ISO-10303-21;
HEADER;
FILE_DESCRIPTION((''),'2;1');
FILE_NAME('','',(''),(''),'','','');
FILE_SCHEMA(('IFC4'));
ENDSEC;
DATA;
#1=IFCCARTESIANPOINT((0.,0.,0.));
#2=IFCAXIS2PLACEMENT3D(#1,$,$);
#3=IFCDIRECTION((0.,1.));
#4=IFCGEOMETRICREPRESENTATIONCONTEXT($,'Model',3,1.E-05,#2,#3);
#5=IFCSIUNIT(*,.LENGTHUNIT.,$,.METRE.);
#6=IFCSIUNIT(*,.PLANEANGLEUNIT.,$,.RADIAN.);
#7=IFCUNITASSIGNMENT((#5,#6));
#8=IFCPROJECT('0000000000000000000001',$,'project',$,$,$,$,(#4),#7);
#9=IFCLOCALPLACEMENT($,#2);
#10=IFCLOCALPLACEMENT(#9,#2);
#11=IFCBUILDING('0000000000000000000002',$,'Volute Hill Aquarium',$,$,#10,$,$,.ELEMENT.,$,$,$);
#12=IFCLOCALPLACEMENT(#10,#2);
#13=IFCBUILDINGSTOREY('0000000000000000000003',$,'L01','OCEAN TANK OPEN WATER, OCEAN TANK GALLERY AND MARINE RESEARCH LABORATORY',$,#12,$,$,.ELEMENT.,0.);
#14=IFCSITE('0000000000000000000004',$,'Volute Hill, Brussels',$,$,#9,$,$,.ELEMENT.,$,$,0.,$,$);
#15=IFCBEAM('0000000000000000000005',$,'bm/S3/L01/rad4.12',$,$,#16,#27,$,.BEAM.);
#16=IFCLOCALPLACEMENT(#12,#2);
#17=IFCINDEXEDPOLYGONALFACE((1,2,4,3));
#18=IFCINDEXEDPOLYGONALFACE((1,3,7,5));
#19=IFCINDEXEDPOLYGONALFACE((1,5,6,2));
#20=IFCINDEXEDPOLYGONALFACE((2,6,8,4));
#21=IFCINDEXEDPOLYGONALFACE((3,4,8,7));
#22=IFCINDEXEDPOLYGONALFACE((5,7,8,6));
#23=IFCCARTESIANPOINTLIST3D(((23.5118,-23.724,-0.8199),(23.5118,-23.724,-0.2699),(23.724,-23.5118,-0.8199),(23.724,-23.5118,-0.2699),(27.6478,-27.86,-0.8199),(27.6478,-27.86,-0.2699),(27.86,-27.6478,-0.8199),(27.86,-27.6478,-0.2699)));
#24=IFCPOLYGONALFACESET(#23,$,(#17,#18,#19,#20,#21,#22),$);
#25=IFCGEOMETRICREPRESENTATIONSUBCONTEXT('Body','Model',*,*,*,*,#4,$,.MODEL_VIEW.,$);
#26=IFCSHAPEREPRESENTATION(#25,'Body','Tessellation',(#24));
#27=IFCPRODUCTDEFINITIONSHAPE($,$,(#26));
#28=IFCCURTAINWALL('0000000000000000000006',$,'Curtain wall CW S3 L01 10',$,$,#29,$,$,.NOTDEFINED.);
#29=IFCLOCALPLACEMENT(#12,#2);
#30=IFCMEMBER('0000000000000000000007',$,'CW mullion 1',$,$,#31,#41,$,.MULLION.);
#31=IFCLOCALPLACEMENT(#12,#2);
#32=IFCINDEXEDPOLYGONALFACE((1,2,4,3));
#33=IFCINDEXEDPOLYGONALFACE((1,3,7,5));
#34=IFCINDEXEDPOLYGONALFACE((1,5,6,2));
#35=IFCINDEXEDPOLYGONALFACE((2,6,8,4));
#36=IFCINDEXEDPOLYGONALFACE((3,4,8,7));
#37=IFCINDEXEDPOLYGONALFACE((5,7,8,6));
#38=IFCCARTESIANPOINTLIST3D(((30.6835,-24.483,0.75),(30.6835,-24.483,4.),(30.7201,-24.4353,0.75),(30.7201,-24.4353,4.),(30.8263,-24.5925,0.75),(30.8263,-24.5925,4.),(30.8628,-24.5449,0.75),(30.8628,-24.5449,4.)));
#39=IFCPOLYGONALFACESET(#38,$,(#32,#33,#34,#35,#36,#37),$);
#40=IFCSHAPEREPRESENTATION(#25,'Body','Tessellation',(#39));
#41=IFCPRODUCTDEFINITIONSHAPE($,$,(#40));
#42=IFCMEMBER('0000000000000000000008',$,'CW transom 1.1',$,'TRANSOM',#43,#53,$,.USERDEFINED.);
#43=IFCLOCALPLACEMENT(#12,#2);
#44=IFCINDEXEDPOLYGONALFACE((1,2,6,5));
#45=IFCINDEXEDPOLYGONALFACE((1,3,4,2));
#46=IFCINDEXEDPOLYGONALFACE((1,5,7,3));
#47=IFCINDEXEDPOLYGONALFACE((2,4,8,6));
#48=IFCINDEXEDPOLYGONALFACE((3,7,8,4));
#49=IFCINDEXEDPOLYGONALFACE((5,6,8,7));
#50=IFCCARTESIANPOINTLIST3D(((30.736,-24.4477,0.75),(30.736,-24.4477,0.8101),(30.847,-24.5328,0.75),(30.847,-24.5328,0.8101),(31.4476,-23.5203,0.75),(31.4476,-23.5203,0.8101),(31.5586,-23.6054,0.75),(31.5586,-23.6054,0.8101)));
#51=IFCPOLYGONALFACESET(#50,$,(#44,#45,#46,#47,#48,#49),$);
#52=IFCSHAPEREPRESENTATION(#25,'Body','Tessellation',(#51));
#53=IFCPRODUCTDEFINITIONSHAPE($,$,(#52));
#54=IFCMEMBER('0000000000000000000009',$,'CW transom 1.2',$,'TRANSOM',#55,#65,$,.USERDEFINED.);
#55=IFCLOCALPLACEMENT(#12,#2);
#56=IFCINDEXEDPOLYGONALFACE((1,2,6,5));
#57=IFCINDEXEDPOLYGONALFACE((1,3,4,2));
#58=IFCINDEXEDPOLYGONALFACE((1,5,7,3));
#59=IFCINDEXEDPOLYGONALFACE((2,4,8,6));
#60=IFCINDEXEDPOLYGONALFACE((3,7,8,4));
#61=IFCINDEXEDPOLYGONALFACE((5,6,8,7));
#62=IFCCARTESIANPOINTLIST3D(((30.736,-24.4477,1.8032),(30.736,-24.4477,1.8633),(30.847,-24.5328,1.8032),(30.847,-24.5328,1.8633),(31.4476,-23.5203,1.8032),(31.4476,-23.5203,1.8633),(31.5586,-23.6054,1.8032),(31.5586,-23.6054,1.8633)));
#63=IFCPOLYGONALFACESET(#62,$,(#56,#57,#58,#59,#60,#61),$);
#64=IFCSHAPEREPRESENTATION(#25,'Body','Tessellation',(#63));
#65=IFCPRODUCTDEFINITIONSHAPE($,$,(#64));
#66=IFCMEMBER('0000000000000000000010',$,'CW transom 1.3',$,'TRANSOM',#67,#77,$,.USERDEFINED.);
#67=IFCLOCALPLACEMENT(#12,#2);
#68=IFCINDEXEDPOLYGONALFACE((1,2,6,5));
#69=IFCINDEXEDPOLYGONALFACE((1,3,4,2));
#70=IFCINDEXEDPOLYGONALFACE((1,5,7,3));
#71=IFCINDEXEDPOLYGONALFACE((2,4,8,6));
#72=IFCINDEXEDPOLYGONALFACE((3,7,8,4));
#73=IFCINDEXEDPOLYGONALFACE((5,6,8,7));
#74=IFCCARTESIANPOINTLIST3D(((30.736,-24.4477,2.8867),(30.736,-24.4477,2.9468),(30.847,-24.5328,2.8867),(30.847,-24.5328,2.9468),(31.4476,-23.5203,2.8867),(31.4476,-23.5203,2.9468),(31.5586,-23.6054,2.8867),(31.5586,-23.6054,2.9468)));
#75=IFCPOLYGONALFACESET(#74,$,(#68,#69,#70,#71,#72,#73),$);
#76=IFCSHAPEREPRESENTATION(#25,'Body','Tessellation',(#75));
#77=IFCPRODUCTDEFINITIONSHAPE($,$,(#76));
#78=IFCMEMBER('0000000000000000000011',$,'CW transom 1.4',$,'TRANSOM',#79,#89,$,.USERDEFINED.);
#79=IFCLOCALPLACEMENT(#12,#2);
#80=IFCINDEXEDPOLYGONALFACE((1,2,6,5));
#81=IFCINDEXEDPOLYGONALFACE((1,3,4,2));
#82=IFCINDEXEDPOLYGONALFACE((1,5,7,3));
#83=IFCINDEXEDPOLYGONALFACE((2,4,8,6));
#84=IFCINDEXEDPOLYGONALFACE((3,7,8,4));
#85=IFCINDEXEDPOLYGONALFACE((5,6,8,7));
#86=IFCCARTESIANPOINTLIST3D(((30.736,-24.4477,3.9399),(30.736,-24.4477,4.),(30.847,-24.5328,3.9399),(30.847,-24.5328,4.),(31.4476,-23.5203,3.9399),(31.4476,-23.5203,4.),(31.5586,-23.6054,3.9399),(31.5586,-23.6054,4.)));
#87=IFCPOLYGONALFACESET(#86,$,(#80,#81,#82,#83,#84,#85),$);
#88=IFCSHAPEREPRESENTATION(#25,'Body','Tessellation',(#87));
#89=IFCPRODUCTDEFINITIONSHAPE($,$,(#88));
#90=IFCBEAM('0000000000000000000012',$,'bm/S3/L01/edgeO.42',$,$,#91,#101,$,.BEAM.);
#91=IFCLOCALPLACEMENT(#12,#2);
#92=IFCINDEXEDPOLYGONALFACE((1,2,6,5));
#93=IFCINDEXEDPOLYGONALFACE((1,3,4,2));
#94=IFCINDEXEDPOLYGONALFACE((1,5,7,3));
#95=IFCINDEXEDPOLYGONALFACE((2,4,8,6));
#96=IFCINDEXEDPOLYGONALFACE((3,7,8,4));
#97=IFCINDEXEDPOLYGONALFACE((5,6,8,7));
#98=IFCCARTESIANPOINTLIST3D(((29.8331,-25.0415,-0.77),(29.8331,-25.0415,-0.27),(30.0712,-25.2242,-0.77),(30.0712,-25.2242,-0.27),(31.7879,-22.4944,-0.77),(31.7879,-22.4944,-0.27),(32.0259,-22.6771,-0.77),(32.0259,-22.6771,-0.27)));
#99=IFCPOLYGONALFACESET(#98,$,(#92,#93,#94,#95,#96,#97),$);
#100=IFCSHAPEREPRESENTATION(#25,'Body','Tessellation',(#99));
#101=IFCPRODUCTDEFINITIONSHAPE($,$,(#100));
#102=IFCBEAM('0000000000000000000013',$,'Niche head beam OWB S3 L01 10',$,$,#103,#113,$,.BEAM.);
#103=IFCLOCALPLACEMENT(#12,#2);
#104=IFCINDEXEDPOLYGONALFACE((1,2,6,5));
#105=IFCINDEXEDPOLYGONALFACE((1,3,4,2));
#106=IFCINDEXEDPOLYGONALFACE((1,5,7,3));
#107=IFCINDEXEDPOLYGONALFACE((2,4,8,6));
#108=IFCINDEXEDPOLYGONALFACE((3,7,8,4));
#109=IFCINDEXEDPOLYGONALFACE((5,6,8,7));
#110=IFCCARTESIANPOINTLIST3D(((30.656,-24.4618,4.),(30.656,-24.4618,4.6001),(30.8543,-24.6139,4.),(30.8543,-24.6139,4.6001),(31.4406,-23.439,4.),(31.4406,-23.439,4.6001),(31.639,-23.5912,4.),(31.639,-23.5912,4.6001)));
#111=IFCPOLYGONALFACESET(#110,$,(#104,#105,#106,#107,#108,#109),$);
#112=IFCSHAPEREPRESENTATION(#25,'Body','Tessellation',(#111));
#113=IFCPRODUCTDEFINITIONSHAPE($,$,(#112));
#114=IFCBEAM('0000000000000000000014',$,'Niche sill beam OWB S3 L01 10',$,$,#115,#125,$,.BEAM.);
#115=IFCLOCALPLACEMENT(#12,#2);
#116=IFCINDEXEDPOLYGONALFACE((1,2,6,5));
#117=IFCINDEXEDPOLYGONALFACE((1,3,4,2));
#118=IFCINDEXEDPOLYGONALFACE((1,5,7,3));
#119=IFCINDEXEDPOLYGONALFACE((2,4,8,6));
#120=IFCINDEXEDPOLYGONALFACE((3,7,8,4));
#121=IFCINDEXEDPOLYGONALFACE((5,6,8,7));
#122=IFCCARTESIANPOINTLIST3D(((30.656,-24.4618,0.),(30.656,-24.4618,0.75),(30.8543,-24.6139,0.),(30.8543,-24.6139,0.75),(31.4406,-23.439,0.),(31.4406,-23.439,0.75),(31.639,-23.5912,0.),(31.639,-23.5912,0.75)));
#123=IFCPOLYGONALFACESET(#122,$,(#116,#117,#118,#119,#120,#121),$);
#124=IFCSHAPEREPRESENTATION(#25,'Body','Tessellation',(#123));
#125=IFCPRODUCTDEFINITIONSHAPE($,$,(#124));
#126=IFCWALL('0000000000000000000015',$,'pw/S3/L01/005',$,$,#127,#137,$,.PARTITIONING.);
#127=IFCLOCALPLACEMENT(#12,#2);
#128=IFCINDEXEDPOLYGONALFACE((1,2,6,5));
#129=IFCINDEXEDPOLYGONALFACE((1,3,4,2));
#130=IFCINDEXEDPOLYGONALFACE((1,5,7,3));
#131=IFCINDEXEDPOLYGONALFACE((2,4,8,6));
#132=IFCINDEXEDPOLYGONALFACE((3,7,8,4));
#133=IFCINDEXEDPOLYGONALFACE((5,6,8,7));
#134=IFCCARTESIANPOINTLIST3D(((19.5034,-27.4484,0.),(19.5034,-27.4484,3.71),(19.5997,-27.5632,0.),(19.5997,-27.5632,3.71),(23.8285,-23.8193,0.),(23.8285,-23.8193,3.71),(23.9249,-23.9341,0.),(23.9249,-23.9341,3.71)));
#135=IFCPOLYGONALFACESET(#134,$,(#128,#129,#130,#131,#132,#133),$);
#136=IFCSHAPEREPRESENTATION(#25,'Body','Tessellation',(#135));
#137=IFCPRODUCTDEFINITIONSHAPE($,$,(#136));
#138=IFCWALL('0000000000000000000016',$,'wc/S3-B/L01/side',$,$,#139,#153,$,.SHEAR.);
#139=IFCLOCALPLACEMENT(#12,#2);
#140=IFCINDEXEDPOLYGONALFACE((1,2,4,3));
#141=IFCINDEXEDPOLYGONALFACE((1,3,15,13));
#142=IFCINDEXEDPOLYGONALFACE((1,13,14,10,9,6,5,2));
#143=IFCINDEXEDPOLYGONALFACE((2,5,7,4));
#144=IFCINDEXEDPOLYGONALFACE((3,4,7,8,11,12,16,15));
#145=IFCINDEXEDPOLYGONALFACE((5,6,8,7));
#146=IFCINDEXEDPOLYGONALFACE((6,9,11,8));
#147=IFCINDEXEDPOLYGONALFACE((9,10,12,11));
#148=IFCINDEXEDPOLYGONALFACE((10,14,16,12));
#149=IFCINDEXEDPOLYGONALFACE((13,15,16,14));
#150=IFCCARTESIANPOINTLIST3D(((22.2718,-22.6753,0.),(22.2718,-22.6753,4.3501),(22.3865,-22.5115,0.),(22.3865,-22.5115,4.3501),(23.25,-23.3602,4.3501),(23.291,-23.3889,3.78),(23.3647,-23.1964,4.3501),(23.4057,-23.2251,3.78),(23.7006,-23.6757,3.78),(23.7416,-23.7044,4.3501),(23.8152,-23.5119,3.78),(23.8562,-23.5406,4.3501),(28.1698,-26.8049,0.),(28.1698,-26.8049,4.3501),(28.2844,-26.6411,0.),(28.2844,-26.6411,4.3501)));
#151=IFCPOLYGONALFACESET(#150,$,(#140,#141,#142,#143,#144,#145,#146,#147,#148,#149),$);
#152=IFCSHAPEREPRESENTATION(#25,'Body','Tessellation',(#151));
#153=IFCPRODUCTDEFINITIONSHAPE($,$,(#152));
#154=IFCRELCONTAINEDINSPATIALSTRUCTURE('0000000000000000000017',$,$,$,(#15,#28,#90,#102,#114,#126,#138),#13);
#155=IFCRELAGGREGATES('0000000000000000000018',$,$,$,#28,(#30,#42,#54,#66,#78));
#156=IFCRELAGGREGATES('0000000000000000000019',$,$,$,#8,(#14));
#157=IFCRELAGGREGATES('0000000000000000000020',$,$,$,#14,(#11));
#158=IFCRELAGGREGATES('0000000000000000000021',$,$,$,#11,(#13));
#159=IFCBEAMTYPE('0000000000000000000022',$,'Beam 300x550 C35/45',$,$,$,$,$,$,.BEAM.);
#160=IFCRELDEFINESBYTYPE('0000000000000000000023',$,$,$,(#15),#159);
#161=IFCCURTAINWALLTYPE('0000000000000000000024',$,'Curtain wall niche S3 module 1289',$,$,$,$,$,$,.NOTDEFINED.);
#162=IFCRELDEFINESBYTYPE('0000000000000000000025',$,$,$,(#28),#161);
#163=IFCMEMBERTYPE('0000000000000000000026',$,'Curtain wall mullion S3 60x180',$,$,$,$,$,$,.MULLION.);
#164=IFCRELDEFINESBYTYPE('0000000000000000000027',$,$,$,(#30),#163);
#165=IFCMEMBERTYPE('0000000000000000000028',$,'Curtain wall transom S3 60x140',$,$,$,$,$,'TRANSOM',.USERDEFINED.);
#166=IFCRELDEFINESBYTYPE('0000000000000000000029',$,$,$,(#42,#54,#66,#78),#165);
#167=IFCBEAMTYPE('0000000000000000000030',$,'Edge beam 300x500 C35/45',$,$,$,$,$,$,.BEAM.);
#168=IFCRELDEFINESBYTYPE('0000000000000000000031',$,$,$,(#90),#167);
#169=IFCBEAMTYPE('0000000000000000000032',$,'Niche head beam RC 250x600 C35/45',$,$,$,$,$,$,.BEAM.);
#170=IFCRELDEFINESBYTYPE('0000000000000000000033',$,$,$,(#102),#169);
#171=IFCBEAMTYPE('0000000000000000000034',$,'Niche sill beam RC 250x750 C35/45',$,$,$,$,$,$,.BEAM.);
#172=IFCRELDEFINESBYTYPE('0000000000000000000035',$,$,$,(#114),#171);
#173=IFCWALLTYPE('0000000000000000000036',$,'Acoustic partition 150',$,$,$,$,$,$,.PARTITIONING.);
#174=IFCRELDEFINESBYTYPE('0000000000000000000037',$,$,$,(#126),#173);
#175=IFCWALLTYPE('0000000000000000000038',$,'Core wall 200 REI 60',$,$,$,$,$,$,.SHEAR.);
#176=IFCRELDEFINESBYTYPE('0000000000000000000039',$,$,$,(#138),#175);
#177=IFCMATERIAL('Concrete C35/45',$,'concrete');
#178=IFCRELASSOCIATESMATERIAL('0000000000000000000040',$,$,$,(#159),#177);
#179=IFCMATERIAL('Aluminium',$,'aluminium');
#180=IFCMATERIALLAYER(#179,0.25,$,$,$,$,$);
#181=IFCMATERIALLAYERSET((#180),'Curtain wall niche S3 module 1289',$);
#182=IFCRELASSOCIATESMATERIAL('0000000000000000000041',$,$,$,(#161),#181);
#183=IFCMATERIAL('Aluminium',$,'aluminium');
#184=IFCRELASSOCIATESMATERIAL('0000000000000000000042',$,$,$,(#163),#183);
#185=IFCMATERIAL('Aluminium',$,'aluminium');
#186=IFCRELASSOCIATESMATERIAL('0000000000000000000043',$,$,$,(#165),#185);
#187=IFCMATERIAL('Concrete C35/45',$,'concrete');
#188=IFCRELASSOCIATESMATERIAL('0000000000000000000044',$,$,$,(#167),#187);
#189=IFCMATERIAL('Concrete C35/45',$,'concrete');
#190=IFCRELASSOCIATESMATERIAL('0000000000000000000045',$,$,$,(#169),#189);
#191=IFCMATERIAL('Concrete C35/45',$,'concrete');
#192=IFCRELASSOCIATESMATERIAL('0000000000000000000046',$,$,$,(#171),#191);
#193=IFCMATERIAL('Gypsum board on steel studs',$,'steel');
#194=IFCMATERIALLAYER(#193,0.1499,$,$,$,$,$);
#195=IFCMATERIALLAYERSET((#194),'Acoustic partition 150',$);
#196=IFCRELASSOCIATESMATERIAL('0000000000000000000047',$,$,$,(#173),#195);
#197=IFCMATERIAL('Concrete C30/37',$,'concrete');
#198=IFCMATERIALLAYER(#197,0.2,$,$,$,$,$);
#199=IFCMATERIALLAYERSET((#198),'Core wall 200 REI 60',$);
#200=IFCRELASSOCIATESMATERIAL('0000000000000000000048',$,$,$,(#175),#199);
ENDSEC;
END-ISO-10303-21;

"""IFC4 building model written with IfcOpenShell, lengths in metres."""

from ifc_helpers import new_model, si_unit, direction, frame, frame_2d, origin, origin_2d, place, context, subcontext, project, spatial, polyline, rectangle, outline, extrude, material, layer, layer_set, material_profile, profile_set, type_object, element, aggregate, save


model = new_model("IFC4")

# Units and contexts
model_context = context("Model", 3, precision=1e-05, world=origin(), true_north=direction((0.0, 1.0)))
body_context = subcontext(model_context, "Body", "Model", "MODEL_VIEW")
ifc_project = project(units=[si_unit("LENGTHUNIT", "METRE"), si_unit("PLANEANGLEUNIT", "RADIAN")], contexts=[model_context])

# Site, building, storey
site_placement = place(None, origin())
site = spatial("IfcSite", under=ifc_project, at=site_placement, Name="Volute Hill, Brussels", CompositionType="ELEMENT", RefElevation=0.0)
building_placement = place(site_placement, origin())
building = spatial("IfcBuilding", under=site, at=building_placement, Name="Volute Hill Aquarium", CompositionType="ELEMENT")
storey_placement = place(building_placement, origin())
storey = spatial("IfcBuildingStorey", under=building, at=storey_placement, Name="L01", Description="OCEAN TANK OPEN WATER, OCEAN TANK GALLERY AND MARINE RESEARCH LABORATORY", CompositionType="ELEMENT", Elevation=0.0)

# Beam
ifc_material_1 = material(Name="Concrete C35/45", Category="concrete")
ifc_material_profile_1 = material_profile(ifc_material_1, rectangle(XDim=0.3, YDim=0.55, at=origin_2d()), Name="RC beam 300x550")
ifc_profile_set_1 = profile_set([ifc_material_profile_1], Name="Concrete C35/45")
beam_type_1 = type_object("IfcBeamType", Name="Beam 300x550 C35/45", PredefinedType="BEAM", material=ifc_profile_set_1)
beam_1_placement = place(storey_placement, frame((23.6179, -23.6179, -0.5449), z_axis=(0.707107, -0.707107, 0.0), x_axis=(0.707107, 0.707107, 0.0)))
element("IfcBeam", 1, at=beam_1_placement, inside=storey, type_object=beam_type_1, Name="bm/S3/L01/rad4.12", PredefinedType="BEAM", context=body_context, shape_type="SweptSolid", body=[
    extrude(rectangle(XDim=0.3, YDim=0.55, at=origin_2d()), origin(), (0.0, 0.0, 1.0), 5.8491),
])

# Curtain wall, members
ifc_material_2 = material(Name="Aluminium", Category="aluminium")
ifc_layer_1 = layer(ifc_material_2, 0.25)
ifc_layer_set_1 = layer_set([ifc_layer_1], Name="Curtain wall niche S3 module 1289")
curtain_wall_type = type_object("IfcCurtainWallType", Name="Curtain wall niche S3 module 1289", PredefinedType="NOTDEFINED", material=ifc_layer_set_1)
curtain_wall_placement = place(storey_placement, origin())
curtain_wall = element("IfcCurtainWall", 2, at=curtain_wall_placement, inside=storey, type_object=curtain_wall_type, Name="Curtain wall CW S3 L01 10", PredefinedType="NOTDEFINED")
ifc_material_3 = material(Name="Aluminium", Category="aluminium")
ifc_material_profile_2 = material_profile(ifc_material_3, rectangle(XDim=0.1799, YDim=0.0601, at=origin_2d()), Name="Curtain wall mullion S3 60x180")
ifc_profile_set_2 = profile_set([ifc_material_profile_2], Name="Aluminium")
member_type_1 = type_object("IfcMemberType", Name="Curtain wall mullion S3 60x180", PredefinedType="MULLION", material=ifc_profile_set_2)
member_1_placement = place(storey_placement, frame((30.7732, -24.5139, 0.75), z_axis=(0.0, 0.0, 1.0), x_axis=(-0.793366, 0.608745, 0.0)))
member_1 = element("IfcMember", 3, at=member_1_placement, type_object=member_type_1, Name="CW mullion 1", PredefinedType="MULLION", context=body_context, shape_type="SweptSolid", body=[
    extrude(rectangle(XDim=0.1799, YDim=0.0601, at=origin_2d()), origin(), (0.0, 0.0, 1.0), 3.25),
])
ifc_material_4 = material(Name="Aluminium", Category="aluminium")
ifc_material_profile_3 = material_profile(ifc_material_4, rectangle(XDim=0.1399, YDim=0.0601, at=origin_2d()), Name="Curtain wall transom S3 60x140")
ifc_profile_set_3 = profile_set([ifc_material_profile_3], Name="Aluminium")
member_type_2 = type_object("IfcMemberType", Name="Curtain wall transom S3 60x140", ElementType="TRANSOM", PredefinedType="USERDEFINED", material=ifc_profile_set_3)
member_2_placement = place(storey_placement, frame((30.7915, -24.4902, 0.78), z_axis=(0.608752, 0.793361, 0.0), x_axis=(-0.793361, 0.608752, 0.0)))
member_2 = element("IfcMember", 4, at=member_2_placement, type_object=member_type_2, Name="CW transom 1.1", ObjectType="TRANSOM", PredefinedType="USERDEFINED", context=body_context, shape_type="SweptSolid", body=[
    extrude(rectangle(XDim=0.1399, YDim=0.0601, at=origin_2d()), origin(), (0.0, 0.0, 1.0), 1.1689),
])
member_3_placement = place(storey_placement, frame((30.7915, -24.4902, 1.8333), z_axis=(0.608752, 0.793361, 0.0), x_axis=(-0.793361, 0.608752, 0.0)))
member_3 = element("IfcMember", 5, at=member_3_placement, type_object=member_type_2, Name="CW transom 1.2", ObjectType="TRANSOM", PredefinedType="USERDEFINED", context=body_context, shape_type="SweptSolid", body=[
    extrude(rectangle(XDim=0.1399, YDim=0.0601, at=origin_2d()), origin(), (0.0, 0.0, 1.0), 1.1689),
])
member_4_placement = place(storey_placement, frame((30.7915, -24.4902, 2.9167), z_axis=(0.608752, 0.793361, 0.0), x_axis=(-0.793361, 0.608752, 0.0)))
member_4 = element("IfcMember", 6, at=member_4_placement, type_object=member_type_2, Name="CW transom 1.3", ObjectType="TRANSOM", PredefinedType="USERDEFINED", context=body_context, shape_type="SweptSolid", body=[
    extrude(rectangle(XDim=0.1399, YDim=0.0601, at=origin_2d()), origin(), (0.0, 0.0, 1.0), 1.1689),
])
member_5_placement = place(storey_placement, frame((30.7915, -24.4902, 3.97), z_axis=(0.608752, 0.793361, 0.0), x_axis=(-0.793361, 0.608752, 0.0)))
member_5 = element("IfcMember", 7, at=member_5_placement, type_object=member_type_2, Name="CW transom 1.4", ObjectType="TRANSOM", PredefinedType="USERDEFINED", context=body_context, shape_type="SweptSolid", body=[
    extrude(rectangle(XDim=0.1399, YDim=0.0601, at=origin_2d()), origin(), (0.0, 0.0, 1.0), 1.1689),
])
aggregate(curtain_wall, [member_1, member_2, member_3, member_4, member_5])

# Beams
ifc_material_5 = material(Name="Concrete C35/45", Category="concrete")
ifc_material_profile_4 = material_profile(ifc_material_5, rectangle(XDim=0.3, YDim=0.5, at=origin_2d()), Name="RC edge beam 300x500")
ifc_profile_set_4 = profile_set([ifc_material_profile_4], Name="Concrete C35/45")
beam_type_2 = type_object("IfcBeamType", Name="Edge beam 300x500 C35/45", PredefinedType="BEAM", material=ifc_profile_set_4)
beam_2_placement = place(storey_placement, frame((29.9521, -25.1328, -0.52), z_axis=(0.608832, 0.793299, 0.0), x_axis=(-0.793299, 0.608832, 0.0)))
element("IfcBeam", 8, at=beam_2_placement, inside=storey, type_object=beam_type_2, Name="bm/S3/L01/edgeO.42", PredefinedType="BEAM", context=body_context, shape_type="SweptSolid", body=[
    extrude(rectangle(XDim=0.3, YDim=0.5, at=origin_2d()), origin(), (0.0, 0.0, 1.0), 3.2107),
])
ifc_material_6 = material(Name="Concrete C35/45", Category="concrete")
ifc_material_profile_5 = material_profile(ifc_material_6, rectangle(XDim=0.25, YDim=0.6001, at=origin_2d()), Name="RC beam 250x600")
ifc_profile_set_5 = profile_set([ifc_material_profile_5], Name="Concrete C35/45")
beam_type_3 = type_object("IfcBeamType", Name="Niche head beam RC 250x600 C35/45", PredefinedType="BEAM", material=ifc_profile_set_5)
beam_3_placement = place(storey_placement, frame((30.7551, -24.5378, 4.3), z_axis=(0.608722, 0.793384, 0.0), x_axis=(-0.793384, 0.608722, 0.0)))
element("IfcBeam", 9, at=beam_3_placement, inside=storey, type_object=beam_type_3, Name="Niche head beam OWB S3 L01 10", PredefinedType="BEAM", context=body_context, shape_type="SweptSolid", body=[
    extrude(rectangle(XDim=0.25, YDim=0.6001, at=origin_2d()), origin(), (0.0, 0.0, 1.0), 1.2891),
])
ifc_material_7 = material(Name="Concrete C35/45", Category="concrete")
ifc_material_profile_6 = material_profile(ifc_material_7, rectangle(XDim=0.25, YDim=0.75, at=origin_2d()), Name="RC beam 250x750")
ifc_profile_set_6 = profile_set([ifc_material_profile_6], Name="Concrete C35/45")
beam_type_4 = type_object("IfcBeamType", Name="Niche sill beam RC 250x750 C35/45", PredefinedType="BEAM", material=ifc_profile_set_6)
beam_4_placement = place(storey_placement, frame((30.7551, -24.5378, 0.375), z_axis=(0.608722, 0.793384, 0.0), x_axis=(-0.793384, 0.608722, 0.0)))
element("IfcBeam", 10, at=beam_4_placement, inside=storey, type_object=beam_type_4, Name="Niche sill beam OWB S3 L01 10", PredefinedType="BEAM", context=body_context, shape_type="SweptSolid", body=[
    extrude(rectangle(XDim=0.25, YDim=0.75, at=origin_2d()), origin(), (0.0, 0.0, 1.0), 1.2891),
])

# Walls
ifc_material_8 = material(Name="Gypsum board on steel studs", Category="steel")
ifc_layer_2 = layer(ifc_material_8, 0.1499)
ifc_layer_set_2 = layer_set([ifc_layer_2], Name="Acoustic partition 150")
wall_type_1 = type_object("IfcWallType", Name="Acoustic partition 150", PredefinedType="PARTITIONING", material=ifc_layer_set_2)
wall_1_placement = place(storey_placement, frame((23.8767, -23.8767, 0.0), z_axis=(0.0, 0.0, 1.0), x_axis=(-0.766055, -0.642775, 0.0)))
element("IfcWall", 11, at=wall_1_placement, inside=storey, type_object=wall_type_1, Name="pw/S3/L01/005", PredefinedType="PARTITIONING", context=body_context, shape_type="SweptSolid", body=[
    extrude(rectangle(XDim=5.646, YDim=0.1499, at=frame_2d((2.823, 0.0))), origin(), (0.0, 0.0, 1.0), 3.71),
])
ifc_material_9 = material(Name="Concrete C30/37", Category="concrete")
ifc_layer_3 = layer(ifc_material_9, 0.2)
ifc_layer_set_3 = layer_set([ifc_layer_3], Name="Core wall 200 REI 60")
wall_type_2 = type_object("IfcWallType", Name="Core wall 200 REI 60", PredefinedType="SHEAR", material=ifc_layer_set_3)
wall_2_placement = place(storey_placement, frame((22.3291, -22.5935, 0.0), z_axis=(0.0, 0.0, 1.0), x_axis=(0.819162, -0.573562, 0.0)))
element("IfcWall", 12, at=wall_2_placement, inside=storey, type_object=wall_type_2, Name="wc/S3-B/L01/side", PredefinedType="SHEAR", context=body_context, shape_type="SweptSolid", body=[
    extrude(outline(polyline([(0.0, 0.0), (7.2, 0.0), (7.2, 4.3501), (1.7942, 4.3501), (1.7441, 3.78), (1.2441, 3.78), (1.1941, 4.3501), (0.0, 4.3501), (0.0, 0.0)])), frame((0.0, 0.1001, 0.0), z_axis=(0.0, -1.0, 0.0), x_axis=(1.0, 0.0, 0.0)), (0.0, 0.0, 1.0), 0.2),
])

save(model, "model.ifc")
